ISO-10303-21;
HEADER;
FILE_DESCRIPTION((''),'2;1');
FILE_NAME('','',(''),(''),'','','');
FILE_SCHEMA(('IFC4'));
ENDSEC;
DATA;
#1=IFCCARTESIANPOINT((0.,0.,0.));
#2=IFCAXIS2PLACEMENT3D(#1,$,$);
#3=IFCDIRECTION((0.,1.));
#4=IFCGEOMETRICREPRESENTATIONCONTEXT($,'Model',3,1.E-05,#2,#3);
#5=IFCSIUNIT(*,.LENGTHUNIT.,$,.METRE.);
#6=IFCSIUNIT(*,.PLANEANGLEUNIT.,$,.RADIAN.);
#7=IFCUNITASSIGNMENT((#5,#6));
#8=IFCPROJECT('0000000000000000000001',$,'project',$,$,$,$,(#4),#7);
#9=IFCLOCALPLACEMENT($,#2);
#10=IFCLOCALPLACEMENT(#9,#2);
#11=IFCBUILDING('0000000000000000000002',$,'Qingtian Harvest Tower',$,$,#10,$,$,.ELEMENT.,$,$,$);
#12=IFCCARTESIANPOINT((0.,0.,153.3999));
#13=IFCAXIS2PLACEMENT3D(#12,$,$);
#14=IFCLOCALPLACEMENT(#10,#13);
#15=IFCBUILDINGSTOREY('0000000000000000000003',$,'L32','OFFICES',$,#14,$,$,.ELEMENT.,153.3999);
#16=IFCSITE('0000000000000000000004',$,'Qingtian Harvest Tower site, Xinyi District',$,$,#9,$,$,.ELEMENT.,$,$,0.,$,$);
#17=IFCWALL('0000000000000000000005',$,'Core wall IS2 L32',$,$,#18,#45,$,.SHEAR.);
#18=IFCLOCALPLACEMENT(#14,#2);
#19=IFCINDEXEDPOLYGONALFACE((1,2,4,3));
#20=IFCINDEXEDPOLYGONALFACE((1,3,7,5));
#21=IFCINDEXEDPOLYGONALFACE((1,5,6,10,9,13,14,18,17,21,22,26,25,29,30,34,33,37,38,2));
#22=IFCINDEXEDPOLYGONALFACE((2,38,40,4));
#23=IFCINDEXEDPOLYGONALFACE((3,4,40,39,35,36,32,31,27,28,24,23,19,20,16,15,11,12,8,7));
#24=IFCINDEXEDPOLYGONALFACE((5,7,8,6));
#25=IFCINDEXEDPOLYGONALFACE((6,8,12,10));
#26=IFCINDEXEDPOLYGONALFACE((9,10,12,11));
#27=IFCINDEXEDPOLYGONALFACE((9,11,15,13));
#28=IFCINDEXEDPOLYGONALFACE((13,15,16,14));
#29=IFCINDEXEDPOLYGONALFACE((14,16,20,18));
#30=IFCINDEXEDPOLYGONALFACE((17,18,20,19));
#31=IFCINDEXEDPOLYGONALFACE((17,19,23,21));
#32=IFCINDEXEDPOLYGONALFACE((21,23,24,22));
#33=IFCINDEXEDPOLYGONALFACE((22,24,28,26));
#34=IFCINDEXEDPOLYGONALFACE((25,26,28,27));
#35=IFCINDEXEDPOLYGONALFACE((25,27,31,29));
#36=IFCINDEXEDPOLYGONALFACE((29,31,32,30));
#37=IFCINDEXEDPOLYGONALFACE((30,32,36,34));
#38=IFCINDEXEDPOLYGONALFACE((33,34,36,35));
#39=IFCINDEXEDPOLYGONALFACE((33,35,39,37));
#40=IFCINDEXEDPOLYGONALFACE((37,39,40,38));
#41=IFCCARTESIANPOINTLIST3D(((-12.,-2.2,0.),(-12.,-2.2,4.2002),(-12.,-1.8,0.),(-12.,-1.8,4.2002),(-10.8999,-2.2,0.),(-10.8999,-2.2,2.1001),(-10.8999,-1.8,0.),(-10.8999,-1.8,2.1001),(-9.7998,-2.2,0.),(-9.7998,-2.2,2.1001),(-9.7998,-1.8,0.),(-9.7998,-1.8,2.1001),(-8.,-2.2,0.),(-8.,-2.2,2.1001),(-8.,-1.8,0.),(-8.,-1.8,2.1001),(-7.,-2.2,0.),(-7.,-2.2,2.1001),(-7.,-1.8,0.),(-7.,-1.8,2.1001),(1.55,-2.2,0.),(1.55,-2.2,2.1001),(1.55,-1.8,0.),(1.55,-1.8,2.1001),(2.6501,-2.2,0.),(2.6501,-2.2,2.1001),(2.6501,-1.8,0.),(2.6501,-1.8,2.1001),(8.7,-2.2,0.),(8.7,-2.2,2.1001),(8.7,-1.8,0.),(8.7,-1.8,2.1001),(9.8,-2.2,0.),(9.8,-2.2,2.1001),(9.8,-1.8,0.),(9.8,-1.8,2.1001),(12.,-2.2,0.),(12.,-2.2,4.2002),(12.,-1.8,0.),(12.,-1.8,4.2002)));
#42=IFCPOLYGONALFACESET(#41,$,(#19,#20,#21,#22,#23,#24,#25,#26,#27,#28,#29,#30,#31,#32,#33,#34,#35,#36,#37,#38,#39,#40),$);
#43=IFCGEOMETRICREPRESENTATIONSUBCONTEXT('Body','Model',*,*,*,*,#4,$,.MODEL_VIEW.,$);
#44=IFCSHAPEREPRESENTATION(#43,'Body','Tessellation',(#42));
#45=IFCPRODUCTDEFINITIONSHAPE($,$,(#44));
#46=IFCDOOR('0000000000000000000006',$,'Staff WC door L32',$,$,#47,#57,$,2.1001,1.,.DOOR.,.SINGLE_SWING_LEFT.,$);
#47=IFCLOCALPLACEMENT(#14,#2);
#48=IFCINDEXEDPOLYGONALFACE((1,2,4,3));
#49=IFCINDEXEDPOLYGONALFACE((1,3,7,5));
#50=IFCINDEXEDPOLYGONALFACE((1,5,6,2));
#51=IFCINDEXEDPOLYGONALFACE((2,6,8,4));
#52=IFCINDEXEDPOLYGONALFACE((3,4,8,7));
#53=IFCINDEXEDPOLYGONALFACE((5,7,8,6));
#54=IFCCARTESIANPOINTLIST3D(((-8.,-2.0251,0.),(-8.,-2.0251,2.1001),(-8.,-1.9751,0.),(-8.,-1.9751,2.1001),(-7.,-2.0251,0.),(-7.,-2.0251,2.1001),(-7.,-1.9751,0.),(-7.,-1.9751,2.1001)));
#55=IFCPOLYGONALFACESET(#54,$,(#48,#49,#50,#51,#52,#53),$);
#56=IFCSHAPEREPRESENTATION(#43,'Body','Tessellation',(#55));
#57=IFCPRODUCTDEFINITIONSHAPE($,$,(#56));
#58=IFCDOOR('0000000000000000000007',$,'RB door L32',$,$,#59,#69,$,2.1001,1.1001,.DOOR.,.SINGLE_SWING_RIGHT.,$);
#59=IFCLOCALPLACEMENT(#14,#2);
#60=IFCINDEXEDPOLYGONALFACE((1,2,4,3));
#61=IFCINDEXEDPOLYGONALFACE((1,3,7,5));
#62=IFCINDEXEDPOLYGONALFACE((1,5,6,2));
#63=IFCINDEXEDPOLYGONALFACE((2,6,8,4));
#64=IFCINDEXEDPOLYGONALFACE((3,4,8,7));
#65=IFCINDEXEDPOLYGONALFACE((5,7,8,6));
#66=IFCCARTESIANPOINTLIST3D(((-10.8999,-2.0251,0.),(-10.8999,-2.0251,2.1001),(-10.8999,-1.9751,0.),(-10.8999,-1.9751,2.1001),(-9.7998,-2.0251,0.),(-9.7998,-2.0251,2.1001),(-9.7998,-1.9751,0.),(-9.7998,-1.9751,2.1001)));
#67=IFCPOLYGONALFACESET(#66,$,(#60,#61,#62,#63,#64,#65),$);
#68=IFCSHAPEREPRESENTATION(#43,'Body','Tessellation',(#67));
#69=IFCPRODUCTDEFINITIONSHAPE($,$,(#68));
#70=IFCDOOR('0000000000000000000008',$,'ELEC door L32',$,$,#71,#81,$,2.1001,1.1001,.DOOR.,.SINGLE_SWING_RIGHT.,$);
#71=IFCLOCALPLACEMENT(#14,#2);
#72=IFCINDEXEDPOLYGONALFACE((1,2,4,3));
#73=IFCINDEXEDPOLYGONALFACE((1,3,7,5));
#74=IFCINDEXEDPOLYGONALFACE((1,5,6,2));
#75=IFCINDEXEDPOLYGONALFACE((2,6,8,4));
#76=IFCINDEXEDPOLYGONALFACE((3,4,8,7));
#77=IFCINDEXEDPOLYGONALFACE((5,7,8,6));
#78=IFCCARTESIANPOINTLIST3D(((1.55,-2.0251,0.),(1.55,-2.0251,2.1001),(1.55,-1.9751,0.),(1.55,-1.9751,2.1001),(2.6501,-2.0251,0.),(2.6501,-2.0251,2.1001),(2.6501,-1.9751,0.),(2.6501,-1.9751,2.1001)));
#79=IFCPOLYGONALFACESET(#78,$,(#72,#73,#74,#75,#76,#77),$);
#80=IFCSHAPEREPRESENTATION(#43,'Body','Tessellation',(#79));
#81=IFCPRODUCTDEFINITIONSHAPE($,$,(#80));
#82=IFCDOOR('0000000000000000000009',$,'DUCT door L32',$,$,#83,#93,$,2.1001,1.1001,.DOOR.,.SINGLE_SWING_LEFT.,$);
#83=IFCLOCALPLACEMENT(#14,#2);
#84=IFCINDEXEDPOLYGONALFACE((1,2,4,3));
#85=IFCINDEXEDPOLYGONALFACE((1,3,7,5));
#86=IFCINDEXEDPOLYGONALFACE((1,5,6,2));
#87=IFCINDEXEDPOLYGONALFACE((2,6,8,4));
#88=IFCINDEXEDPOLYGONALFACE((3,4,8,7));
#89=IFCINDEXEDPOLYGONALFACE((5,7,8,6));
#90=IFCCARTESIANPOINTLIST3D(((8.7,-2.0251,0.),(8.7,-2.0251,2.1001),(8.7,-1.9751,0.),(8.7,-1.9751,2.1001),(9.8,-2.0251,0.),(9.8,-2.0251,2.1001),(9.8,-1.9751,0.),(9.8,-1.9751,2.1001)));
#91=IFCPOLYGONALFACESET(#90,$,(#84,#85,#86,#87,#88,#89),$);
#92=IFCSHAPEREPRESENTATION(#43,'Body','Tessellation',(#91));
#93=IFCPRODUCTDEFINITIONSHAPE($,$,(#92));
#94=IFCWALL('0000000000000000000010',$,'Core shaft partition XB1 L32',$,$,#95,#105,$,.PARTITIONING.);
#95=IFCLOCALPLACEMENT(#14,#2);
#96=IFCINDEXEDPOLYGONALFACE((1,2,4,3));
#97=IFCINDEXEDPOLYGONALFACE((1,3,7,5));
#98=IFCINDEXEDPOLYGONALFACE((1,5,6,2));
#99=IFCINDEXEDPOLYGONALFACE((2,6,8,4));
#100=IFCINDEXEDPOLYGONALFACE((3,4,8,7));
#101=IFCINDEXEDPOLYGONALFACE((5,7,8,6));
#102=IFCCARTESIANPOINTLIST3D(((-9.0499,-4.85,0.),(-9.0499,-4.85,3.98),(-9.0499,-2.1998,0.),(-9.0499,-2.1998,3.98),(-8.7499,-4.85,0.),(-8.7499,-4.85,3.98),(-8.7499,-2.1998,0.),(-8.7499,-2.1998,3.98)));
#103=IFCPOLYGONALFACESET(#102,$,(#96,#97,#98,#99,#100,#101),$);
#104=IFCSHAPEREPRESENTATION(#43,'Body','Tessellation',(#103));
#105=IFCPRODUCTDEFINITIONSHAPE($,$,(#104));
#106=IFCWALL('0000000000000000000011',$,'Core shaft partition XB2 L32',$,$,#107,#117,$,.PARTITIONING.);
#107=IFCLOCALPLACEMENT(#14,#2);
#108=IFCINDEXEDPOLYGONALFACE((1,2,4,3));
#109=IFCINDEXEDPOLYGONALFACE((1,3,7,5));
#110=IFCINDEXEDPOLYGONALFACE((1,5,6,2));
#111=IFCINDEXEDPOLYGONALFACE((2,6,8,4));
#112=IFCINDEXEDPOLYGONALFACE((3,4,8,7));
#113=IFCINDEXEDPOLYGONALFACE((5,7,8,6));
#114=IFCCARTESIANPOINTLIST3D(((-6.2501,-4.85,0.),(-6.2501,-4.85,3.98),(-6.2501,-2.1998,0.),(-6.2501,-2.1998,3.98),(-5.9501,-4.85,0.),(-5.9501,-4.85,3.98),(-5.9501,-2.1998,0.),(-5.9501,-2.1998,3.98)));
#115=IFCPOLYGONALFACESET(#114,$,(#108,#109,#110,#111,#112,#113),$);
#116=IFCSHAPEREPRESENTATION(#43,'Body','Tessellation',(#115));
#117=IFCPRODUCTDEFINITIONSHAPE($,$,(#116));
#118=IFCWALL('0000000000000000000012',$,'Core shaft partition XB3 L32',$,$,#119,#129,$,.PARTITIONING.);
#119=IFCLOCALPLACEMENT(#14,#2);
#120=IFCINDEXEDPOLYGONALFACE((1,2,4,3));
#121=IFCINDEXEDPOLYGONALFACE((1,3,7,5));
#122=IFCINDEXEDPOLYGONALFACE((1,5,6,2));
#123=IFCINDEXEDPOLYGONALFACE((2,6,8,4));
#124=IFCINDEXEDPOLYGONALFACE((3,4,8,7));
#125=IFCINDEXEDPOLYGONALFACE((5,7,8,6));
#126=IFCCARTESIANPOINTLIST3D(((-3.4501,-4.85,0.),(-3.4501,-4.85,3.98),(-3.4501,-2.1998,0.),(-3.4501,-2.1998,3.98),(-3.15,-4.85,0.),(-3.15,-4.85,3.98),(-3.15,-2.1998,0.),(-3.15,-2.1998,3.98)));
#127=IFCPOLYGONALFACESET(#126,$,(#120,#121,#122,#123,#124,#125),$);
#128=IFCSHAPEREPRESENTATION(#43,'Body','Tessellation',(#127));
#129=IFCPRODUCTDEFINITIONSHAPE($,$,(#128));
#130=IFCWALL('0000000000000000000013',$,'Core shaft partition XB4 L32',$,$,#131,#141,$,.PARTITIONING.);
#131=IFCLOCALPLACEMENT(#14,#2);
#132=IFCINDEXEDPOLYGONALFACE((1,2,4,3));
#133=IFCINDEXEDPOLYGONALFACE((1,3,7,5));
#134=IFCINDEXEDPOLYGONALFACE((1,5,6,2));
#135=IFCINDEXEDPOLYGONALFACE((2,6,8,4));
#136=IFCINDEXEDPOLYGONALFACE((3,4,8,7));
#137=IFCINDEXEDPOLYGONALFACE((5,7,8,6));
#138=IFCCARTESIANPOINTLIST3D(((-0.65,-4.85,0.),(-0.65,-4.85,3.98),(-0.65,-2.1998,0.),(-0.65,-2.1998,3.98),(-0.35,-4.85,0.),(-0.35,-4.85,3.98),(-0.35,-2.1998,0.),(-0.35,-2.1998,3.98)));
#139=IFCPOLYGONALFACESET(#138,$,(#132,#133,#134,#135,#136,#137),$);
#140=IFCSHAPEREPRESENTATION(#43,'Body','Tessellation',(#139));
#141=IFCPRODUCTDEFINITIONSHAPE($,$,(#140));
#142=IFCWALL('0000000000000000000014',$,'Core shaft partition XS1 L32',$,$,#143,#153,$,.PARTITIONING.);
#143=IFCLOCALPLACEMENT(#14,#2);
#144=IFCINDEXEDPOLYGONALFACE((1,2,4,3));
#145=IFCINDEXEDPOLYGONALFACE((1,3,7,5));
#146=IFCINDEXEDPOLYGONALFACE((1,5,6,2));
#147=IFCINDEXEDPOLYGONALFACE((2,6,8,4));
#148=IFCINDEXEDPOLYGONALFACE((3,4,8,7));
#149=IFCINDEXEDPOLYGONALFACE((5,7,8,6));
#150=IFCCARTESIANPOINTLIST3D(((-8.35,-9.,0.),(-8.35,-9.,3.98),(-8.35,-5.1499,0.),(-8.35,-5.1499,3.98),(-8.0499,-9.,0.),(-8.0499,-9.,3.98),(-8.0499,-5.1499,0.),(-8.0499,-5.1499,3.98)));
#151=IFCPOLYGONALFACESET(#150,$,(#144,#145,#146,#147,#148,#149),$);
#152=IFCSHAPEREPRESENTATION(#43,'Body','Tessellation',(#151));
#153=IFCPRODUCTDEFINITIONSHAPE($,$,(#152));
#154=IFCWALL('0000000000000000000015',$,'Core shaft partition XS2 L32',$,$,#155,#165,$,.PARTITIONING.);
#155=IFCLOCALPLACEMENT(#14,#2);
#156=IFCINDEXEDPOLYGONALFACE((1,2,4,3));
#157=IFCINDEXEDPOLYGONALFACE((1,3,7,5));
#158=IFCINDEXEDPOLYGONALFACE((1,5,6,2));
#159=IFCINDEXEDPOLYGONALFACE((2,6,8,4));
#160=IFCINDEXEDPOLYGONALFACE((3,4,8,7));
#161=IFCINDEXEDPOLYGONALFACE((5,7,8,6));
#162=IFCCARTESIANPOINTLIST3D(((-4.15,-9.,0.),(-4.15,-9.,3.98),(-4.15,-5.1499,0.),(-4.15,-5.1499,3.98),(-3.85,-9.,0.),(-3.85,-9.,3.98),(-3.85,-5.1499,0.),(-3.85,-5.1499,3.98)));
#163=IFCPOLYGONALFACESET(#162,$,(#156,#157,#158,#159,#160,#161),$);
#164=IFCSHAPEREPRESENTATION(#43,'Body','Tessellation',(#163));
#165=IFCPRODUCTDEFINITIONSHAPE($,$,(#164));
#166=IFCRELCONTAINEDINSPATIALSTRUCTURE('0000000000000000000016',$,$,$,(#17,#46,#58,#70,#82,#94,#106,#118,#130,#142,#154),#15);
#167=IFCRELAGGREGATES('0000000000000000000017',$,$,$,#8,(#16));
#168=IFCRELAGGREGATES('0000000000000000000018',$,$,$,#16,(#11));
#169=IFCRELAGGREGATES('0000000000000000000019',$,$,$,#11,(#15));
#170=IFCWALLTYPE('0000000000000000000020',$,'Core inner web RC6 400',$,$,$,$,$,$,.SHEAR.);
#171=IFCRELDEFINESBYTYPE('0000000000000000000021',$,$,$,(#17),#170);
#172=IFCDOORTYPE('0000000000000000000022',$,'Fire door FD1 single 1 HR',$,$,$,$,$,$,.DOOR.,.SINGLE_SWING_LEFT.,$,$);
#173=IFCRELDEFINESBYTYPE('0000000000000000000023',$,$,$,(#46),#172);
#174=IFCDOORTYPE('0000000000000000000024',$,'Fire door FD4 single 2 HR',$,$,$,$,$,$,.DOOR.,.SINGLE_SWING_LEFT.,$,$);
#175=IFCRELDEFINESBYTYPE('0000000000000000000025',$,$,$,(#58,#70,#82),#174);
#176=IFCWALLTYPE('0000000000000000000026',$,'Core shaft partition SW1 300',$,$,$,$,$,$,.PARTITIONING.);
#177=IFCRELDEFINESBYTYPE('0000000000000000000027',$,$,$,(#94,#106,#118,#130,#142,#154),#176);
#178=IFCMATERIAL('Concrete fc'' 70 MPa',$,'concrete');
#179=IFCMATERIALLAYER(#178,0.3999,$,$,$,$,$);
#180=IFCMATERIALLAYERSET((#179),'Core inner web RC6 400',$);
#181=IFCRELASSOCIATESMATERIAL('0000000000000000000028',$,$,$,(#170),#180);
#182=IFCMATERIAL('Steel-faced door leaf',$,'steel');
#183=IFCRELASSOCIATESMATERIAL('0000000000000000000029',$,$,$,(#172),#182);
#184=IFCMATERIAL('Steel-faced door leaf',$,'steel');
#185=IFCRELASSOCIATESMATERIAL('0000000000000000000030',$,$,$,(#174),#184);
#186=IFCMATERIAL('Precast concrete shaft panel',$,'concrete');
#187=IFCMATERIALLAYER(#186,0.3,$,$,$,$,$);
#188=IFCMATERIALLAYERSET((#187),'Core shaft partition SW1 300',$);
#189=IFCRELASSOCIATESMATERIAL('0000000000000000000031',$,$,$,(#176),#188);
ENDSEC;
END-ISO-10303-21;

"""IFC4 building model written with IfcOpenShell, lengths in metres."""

from ifc_helpers import new_model, si_unit, direction, frame, frame_2d, origin, place, context, subcontext, project, spatial, rectangle, extrude, material, layer, layer_set, type_object, element, fill, save


model = new_model("IFC4")

# Units and contexts
model_context = context("Model", 3, precision=1e-05, world=origin(), true_north=direction((0.0, 1.0)))
body_context = subcontext(model_context, "Body", "Model", "MODEL_VIEW")
ifc_project = project(units=[si_unit("LENGTHUNIT", "METRE"), si_unit("PLANEANGLEUNIT", "RADIAN")], contexts=[model_context])

# Site, building, storey
site_placement = place(None, origin())
site = spatial("IfcSite", under=ifc_project, at=site_placement, Name="Qingtian Harvest Tower site, Xinyi District", CompositionType="ELEMENT", RefElevation=0.0)
building_placement = place(site_placement, origin())
building = spatial("IfcBuilding", under=site, at=building_placement, Name="Qingtian Harvest Tower", CompositionType="ELEMENT")
storey_placement = place(building_placement, frame((0.0, 0.0, 153.3999)))
storey = spatial("IfcBuildingStorey", under=building, at=storey_placement, Name="L32", Description="OFFICES", CompositionType="ELEMENT", Elevation=153.3999)

# Wall, openings, doors
ifc_material_1 = material(Name="Concrete fc' 70 MPa", Category="concrete")
ifc_layer_1 = layer(ifc_material_1, 0.3999)
ifc_layer_set_1 = layer_set([ifc_layer_1], Name="Core inner web RC6 400")
wall_type_1 = type_object("IfcWallType", Name="Core inner web RC6 400", PredefinedType="SHEAR", material=ifc_layer_set_1)
wall_1_placement = place(storey_placement, frame((-12.0, -2.0, 0.0), z_axis=(0.0, 0.0, 1.0), x_axis=(1.0, 0.0, 0.0)))
wall_1 = element("IfcWall", 1, at=wall_1_placement, inside=storey, type_object=wall_type_1, Name="Core wall IS2 L32", PredefinedType="SHEAR", context=body_context, shape_type="SweptSolid", body=[
    extrude(rectangle(XDim=24.0, YDim=0.3999, at=frame_2d((12.0, 0.0))), origin(), (0.0, 0.0, 1.0), 4.2002),
])
opening_1_placement = place(wall_1_placement, frame((1.1001, 0.0, 0.0)))
opening_1 = element("IfcOpeningElement", 2, at=opening_1_placement, cuts=wall_1, PredefinedType="OPENING", context=body_context, shape_type="SweptSolid", body=[
    extrude(rectangle(XDim=1.1001, YDim=2.1001, at=frame_2d((0.55, 1.05))), frame((0.0, 0.21, 0.0), z_axis=(0.0, -1.0, 0.0), x_axis=(1.0, 0.0, 0.0)), (0.0, 0.0, 1.0), 0.4199),
])
opening_2_placement = place(wall_1_placement, frame((13.55, 0.0, 0.0)))
opening_2 = element("IfcOpeningElement", 3, at=opening_2_placement, cuts=wall_1, PredefinedType="OPENING", context=body_context, shape_type="SweptSolid", body=[
    extrude(rectangle(XDim=1.1001, YDim=2.1001, at=frame_2d((0.55, 1.05))), frame((0.0, 0.21, 0.0), z_axis=(0.0, -1.0, 0.0), x_axis=(1.0, 0.0, 0.0)), (0.0, 0.0, 1.0), 0.4199),
])
opening_3_placement = place(wall_1_placement, frame((20.7, 0.0, 0.0)))
opening_3 = element("IfcOpeningElement", 4, at=opening_3_placement, cuts=wall_1, PredefinedType="OPENING", context=body_context, shape_type="SweptSolid", body=[
    extrude(rectangle(XDim=1.1001, YDim=2.1001, at=frame_2d((0.55, 1.05))), frame((0.0, 0.21, 0.0), z_axis=(0.0, -1.0, 0.0), x_axis=(1.0, 0.0, 0.0)), (0.0, 0.0, 1.0), 0.4199),
])
opening_4_placement = place(wall_1_placement, frame((4.0, 0.0, 0.0)))
opening_4 = element("IfcOpeningElement", 5, at=opening_4_placement, cuts=wall_1, PredefinedType="OPENING", context=body_context, shape_type="SweptSolid", body=[
    extrude(rectangle(XDim=1.0, YDim=2.1001, at=frame_2d((0.5, 1.05))), frame((0.0, 0.21, 0.0), z_axis=(0.0, -1.0, 0.0), x_axis=(1.0, 0.0, 0.0)), (0.0, 0.0, 1.0), 0.4199),
])
ifc_material_2 = material(Name="Steel-faced door leaf", Category="steel")
door_type_1 = type_object("IfcDoorType", Name="Fire door FD1 single 1 HR", OperationType="SINGLE_SWING_LEFT", PredefinedType="DOOR", material=ifc_material_2)
door_1_placement = place(opening_4_placement, origin())
door_1 = element("IfcDoor", 6, at=door_1_placement, inside=storey, type_object=door_type_1, Name="Staff WC door L32", OperationType="SINGLE_SWING_LEFT", OverallHeight=2.1001, OverallWidth=1.0, PredefinedType="DOOR", context=body_context, shape_type="SweptSolid", body=[
    extrude(rectangle(XDim=1.0, YDim=2.1001, at=frame_2d((0.5, 1.05))), frame((0.0, 0.0249, 0.0), z_axis=(0.0, -1.0, 0.0), x_axis=(1.0, 0.0, 0.0)), (0.0, 0.0, 1.0), 0.05),
])
fill(opening_4, door_1)
ifc_material_3 = material(Name="Steel-faced door leaf", Category="steel")
door_type_2 = type_object("IfcDoorType", Name="Fire door FD4 single 2 HR", OperationType="SINGLE_SWING_LEFT", PredefinedType="DOOR", material=ifc_material_3)
door_2_placement = place(opening_1_placement, origin())
door_2 = element("IfcDoor", 7, at=door_2_placement, inside=storey, type_object=door_type_2, Name="RB door L32", OperationType="SINGLE_SWING_RIGHT", OverallHeight=2.1001, OverallWidth=1.1001, PredefinedType="DOOR", context=body_context, shape_type="SweptSolid", body=[
    extrude(rectangle(XDim=1.1001, YDim=2.1001, at=frame_2d((0.55, 1.05))), frame((0.0, 0.0249, 0.0), z_axis=(0.0, -1.0, 0.0), x_axis=(1.0, 0.0, 0.0)), (0.0, 0.0, 1.0), 0.05),
])
fill(opening_1, door_2)
door_3_placement = place(opening_2_placement, origin())
door_3 = element("IfcDoor", 8, at=door_3_placement, inside=storey, type_object=door_type_2, Name="ELEC door L32", OperationType="SINGLE_SWING_RIGHT", OverallHeight=2.1001, OverallWidth=1.1001, PredefinedType="DOOR", context=body_context, shape_type="SweptSolid", body=[
    extrude(rectangle(XDim=1.1001, YDim=2.1001, at=frame_2d((0.55, 1.05))), frame((0.0, 0.0249, 0.0), z_axis=(0.0, -1.0, 0.0), x_axis=(1.0, 0.0, 0.0)), (0.0, 0.0, 1.0), 0.05),
])
fill(opening_2, door_3)
door_4_placement = place(opening_3_placement, origin())
door_4 = element("IfcDoor", 9, at=door_4_placement, inside=storey, type_object=door_type_2, Name="DUCT door L32", OperationType="SINGLE_SWING_LEFT", OverallHeight=2.1001, OverallWidth=1.1001, PredefinedType="DOOR", context=body_context, shape_type="SweptSolid", body=[
    extrude(rectangle(XDim=1.1001, YDim=2.1001, at=frame_2d((0.55, 1.05))), frame((0.0, 0.0249, 0.0), z_axis=(0.0, -1.0, 0.0), x_axis=(1.0, 0.0, 0.0)), (0.0, 0.0, 1.0), 0.05),
])
fill(opening_3, door_4)

# Walls
ifc_material_4 = material(Name="Precast concrete shaft panel", Category="concrete")
ifc_layer_2 = layer(ifc_material_4, 0.3)
ifc_layer_set_2 = layer_set([ifc_layer_2], Name="Core shaft partition SW1 300")
wall_type_2 = type_object("IfcWallType", Name="Core shaft partition SW1 300", PredefinedType="PARTITIONING", material=ifc_layer_set_2)
for number, where, z_axis, x_axis, name in (
    (10, (-8.8999, -4.8501, 0.0), (0.0, 0.0, 1.0), (0.0, 1.0, 0.0), "Core shaft partition XB1 L32"),
    (11, (-6.1001, -4.8501, 0.0), (0.0, 0.0, 1.0), (0.0, 1.0, 0.0), "Core shaft partition XB2 L32"),
    (12, (-3.3, -4.8501, 0.0), (0.0, 0.0, 1.0), (0.0, 1.0, 0.0), "Core shaft partition XB3 L32"),
    (13, (-0.5, -4.8501, 0.0), (0.0, 0.0, 1.0), (0.0, 1.0, 0.0), "Core shaft partition XB4 L32"),
):
    element("IfcWall", number, at=place(storey_placement, frame(where, z_axis=z_axis, x_axis=x_axis)), inside=storey, type_object=wall_type_2, Name=name, PredefinedType="PARTITIONING", context=body_context, shape_type="SweptSolid", body=[
        extrude(rectangle(XDim=2.6501, YDim=0.3, at=frame_2d((1.3252, 0.0))), origin(), (0.0, 0.0, 1.0), 3.98),
    ])
for number, where, z_axis, x_axis, name in (
    (14, (-8.2, -9.0, 0.0), (0.0, 0.0, 1.0), (0.0, 1.0, 0.0), "Core shaft partition XS1 L32"),
    (15, (-4.0, -9.0, 0.0), (0.0, 0.0, 1.0), (0.0, 1.0, 0.0), "Core shaft partition XS2 L32"),
):
    element("IfcWall", number, at=place(storey_placement, frame(where, z_axis=z_axis, x_axis=x_axis)), inside=storey, type_object=wall_type_2, Name=name, PredefinedType="PARTITIONING", context=body_context, shape_type="SweptSolid", body=[
        extrude(rectangle(XDim=3.8501, YDim=0.3, at=frame_2d((1.925, 0.0))), origin(), (0.0, 0.0, 1.0), 3.98),
    ])

save(model, "model.ifc")
